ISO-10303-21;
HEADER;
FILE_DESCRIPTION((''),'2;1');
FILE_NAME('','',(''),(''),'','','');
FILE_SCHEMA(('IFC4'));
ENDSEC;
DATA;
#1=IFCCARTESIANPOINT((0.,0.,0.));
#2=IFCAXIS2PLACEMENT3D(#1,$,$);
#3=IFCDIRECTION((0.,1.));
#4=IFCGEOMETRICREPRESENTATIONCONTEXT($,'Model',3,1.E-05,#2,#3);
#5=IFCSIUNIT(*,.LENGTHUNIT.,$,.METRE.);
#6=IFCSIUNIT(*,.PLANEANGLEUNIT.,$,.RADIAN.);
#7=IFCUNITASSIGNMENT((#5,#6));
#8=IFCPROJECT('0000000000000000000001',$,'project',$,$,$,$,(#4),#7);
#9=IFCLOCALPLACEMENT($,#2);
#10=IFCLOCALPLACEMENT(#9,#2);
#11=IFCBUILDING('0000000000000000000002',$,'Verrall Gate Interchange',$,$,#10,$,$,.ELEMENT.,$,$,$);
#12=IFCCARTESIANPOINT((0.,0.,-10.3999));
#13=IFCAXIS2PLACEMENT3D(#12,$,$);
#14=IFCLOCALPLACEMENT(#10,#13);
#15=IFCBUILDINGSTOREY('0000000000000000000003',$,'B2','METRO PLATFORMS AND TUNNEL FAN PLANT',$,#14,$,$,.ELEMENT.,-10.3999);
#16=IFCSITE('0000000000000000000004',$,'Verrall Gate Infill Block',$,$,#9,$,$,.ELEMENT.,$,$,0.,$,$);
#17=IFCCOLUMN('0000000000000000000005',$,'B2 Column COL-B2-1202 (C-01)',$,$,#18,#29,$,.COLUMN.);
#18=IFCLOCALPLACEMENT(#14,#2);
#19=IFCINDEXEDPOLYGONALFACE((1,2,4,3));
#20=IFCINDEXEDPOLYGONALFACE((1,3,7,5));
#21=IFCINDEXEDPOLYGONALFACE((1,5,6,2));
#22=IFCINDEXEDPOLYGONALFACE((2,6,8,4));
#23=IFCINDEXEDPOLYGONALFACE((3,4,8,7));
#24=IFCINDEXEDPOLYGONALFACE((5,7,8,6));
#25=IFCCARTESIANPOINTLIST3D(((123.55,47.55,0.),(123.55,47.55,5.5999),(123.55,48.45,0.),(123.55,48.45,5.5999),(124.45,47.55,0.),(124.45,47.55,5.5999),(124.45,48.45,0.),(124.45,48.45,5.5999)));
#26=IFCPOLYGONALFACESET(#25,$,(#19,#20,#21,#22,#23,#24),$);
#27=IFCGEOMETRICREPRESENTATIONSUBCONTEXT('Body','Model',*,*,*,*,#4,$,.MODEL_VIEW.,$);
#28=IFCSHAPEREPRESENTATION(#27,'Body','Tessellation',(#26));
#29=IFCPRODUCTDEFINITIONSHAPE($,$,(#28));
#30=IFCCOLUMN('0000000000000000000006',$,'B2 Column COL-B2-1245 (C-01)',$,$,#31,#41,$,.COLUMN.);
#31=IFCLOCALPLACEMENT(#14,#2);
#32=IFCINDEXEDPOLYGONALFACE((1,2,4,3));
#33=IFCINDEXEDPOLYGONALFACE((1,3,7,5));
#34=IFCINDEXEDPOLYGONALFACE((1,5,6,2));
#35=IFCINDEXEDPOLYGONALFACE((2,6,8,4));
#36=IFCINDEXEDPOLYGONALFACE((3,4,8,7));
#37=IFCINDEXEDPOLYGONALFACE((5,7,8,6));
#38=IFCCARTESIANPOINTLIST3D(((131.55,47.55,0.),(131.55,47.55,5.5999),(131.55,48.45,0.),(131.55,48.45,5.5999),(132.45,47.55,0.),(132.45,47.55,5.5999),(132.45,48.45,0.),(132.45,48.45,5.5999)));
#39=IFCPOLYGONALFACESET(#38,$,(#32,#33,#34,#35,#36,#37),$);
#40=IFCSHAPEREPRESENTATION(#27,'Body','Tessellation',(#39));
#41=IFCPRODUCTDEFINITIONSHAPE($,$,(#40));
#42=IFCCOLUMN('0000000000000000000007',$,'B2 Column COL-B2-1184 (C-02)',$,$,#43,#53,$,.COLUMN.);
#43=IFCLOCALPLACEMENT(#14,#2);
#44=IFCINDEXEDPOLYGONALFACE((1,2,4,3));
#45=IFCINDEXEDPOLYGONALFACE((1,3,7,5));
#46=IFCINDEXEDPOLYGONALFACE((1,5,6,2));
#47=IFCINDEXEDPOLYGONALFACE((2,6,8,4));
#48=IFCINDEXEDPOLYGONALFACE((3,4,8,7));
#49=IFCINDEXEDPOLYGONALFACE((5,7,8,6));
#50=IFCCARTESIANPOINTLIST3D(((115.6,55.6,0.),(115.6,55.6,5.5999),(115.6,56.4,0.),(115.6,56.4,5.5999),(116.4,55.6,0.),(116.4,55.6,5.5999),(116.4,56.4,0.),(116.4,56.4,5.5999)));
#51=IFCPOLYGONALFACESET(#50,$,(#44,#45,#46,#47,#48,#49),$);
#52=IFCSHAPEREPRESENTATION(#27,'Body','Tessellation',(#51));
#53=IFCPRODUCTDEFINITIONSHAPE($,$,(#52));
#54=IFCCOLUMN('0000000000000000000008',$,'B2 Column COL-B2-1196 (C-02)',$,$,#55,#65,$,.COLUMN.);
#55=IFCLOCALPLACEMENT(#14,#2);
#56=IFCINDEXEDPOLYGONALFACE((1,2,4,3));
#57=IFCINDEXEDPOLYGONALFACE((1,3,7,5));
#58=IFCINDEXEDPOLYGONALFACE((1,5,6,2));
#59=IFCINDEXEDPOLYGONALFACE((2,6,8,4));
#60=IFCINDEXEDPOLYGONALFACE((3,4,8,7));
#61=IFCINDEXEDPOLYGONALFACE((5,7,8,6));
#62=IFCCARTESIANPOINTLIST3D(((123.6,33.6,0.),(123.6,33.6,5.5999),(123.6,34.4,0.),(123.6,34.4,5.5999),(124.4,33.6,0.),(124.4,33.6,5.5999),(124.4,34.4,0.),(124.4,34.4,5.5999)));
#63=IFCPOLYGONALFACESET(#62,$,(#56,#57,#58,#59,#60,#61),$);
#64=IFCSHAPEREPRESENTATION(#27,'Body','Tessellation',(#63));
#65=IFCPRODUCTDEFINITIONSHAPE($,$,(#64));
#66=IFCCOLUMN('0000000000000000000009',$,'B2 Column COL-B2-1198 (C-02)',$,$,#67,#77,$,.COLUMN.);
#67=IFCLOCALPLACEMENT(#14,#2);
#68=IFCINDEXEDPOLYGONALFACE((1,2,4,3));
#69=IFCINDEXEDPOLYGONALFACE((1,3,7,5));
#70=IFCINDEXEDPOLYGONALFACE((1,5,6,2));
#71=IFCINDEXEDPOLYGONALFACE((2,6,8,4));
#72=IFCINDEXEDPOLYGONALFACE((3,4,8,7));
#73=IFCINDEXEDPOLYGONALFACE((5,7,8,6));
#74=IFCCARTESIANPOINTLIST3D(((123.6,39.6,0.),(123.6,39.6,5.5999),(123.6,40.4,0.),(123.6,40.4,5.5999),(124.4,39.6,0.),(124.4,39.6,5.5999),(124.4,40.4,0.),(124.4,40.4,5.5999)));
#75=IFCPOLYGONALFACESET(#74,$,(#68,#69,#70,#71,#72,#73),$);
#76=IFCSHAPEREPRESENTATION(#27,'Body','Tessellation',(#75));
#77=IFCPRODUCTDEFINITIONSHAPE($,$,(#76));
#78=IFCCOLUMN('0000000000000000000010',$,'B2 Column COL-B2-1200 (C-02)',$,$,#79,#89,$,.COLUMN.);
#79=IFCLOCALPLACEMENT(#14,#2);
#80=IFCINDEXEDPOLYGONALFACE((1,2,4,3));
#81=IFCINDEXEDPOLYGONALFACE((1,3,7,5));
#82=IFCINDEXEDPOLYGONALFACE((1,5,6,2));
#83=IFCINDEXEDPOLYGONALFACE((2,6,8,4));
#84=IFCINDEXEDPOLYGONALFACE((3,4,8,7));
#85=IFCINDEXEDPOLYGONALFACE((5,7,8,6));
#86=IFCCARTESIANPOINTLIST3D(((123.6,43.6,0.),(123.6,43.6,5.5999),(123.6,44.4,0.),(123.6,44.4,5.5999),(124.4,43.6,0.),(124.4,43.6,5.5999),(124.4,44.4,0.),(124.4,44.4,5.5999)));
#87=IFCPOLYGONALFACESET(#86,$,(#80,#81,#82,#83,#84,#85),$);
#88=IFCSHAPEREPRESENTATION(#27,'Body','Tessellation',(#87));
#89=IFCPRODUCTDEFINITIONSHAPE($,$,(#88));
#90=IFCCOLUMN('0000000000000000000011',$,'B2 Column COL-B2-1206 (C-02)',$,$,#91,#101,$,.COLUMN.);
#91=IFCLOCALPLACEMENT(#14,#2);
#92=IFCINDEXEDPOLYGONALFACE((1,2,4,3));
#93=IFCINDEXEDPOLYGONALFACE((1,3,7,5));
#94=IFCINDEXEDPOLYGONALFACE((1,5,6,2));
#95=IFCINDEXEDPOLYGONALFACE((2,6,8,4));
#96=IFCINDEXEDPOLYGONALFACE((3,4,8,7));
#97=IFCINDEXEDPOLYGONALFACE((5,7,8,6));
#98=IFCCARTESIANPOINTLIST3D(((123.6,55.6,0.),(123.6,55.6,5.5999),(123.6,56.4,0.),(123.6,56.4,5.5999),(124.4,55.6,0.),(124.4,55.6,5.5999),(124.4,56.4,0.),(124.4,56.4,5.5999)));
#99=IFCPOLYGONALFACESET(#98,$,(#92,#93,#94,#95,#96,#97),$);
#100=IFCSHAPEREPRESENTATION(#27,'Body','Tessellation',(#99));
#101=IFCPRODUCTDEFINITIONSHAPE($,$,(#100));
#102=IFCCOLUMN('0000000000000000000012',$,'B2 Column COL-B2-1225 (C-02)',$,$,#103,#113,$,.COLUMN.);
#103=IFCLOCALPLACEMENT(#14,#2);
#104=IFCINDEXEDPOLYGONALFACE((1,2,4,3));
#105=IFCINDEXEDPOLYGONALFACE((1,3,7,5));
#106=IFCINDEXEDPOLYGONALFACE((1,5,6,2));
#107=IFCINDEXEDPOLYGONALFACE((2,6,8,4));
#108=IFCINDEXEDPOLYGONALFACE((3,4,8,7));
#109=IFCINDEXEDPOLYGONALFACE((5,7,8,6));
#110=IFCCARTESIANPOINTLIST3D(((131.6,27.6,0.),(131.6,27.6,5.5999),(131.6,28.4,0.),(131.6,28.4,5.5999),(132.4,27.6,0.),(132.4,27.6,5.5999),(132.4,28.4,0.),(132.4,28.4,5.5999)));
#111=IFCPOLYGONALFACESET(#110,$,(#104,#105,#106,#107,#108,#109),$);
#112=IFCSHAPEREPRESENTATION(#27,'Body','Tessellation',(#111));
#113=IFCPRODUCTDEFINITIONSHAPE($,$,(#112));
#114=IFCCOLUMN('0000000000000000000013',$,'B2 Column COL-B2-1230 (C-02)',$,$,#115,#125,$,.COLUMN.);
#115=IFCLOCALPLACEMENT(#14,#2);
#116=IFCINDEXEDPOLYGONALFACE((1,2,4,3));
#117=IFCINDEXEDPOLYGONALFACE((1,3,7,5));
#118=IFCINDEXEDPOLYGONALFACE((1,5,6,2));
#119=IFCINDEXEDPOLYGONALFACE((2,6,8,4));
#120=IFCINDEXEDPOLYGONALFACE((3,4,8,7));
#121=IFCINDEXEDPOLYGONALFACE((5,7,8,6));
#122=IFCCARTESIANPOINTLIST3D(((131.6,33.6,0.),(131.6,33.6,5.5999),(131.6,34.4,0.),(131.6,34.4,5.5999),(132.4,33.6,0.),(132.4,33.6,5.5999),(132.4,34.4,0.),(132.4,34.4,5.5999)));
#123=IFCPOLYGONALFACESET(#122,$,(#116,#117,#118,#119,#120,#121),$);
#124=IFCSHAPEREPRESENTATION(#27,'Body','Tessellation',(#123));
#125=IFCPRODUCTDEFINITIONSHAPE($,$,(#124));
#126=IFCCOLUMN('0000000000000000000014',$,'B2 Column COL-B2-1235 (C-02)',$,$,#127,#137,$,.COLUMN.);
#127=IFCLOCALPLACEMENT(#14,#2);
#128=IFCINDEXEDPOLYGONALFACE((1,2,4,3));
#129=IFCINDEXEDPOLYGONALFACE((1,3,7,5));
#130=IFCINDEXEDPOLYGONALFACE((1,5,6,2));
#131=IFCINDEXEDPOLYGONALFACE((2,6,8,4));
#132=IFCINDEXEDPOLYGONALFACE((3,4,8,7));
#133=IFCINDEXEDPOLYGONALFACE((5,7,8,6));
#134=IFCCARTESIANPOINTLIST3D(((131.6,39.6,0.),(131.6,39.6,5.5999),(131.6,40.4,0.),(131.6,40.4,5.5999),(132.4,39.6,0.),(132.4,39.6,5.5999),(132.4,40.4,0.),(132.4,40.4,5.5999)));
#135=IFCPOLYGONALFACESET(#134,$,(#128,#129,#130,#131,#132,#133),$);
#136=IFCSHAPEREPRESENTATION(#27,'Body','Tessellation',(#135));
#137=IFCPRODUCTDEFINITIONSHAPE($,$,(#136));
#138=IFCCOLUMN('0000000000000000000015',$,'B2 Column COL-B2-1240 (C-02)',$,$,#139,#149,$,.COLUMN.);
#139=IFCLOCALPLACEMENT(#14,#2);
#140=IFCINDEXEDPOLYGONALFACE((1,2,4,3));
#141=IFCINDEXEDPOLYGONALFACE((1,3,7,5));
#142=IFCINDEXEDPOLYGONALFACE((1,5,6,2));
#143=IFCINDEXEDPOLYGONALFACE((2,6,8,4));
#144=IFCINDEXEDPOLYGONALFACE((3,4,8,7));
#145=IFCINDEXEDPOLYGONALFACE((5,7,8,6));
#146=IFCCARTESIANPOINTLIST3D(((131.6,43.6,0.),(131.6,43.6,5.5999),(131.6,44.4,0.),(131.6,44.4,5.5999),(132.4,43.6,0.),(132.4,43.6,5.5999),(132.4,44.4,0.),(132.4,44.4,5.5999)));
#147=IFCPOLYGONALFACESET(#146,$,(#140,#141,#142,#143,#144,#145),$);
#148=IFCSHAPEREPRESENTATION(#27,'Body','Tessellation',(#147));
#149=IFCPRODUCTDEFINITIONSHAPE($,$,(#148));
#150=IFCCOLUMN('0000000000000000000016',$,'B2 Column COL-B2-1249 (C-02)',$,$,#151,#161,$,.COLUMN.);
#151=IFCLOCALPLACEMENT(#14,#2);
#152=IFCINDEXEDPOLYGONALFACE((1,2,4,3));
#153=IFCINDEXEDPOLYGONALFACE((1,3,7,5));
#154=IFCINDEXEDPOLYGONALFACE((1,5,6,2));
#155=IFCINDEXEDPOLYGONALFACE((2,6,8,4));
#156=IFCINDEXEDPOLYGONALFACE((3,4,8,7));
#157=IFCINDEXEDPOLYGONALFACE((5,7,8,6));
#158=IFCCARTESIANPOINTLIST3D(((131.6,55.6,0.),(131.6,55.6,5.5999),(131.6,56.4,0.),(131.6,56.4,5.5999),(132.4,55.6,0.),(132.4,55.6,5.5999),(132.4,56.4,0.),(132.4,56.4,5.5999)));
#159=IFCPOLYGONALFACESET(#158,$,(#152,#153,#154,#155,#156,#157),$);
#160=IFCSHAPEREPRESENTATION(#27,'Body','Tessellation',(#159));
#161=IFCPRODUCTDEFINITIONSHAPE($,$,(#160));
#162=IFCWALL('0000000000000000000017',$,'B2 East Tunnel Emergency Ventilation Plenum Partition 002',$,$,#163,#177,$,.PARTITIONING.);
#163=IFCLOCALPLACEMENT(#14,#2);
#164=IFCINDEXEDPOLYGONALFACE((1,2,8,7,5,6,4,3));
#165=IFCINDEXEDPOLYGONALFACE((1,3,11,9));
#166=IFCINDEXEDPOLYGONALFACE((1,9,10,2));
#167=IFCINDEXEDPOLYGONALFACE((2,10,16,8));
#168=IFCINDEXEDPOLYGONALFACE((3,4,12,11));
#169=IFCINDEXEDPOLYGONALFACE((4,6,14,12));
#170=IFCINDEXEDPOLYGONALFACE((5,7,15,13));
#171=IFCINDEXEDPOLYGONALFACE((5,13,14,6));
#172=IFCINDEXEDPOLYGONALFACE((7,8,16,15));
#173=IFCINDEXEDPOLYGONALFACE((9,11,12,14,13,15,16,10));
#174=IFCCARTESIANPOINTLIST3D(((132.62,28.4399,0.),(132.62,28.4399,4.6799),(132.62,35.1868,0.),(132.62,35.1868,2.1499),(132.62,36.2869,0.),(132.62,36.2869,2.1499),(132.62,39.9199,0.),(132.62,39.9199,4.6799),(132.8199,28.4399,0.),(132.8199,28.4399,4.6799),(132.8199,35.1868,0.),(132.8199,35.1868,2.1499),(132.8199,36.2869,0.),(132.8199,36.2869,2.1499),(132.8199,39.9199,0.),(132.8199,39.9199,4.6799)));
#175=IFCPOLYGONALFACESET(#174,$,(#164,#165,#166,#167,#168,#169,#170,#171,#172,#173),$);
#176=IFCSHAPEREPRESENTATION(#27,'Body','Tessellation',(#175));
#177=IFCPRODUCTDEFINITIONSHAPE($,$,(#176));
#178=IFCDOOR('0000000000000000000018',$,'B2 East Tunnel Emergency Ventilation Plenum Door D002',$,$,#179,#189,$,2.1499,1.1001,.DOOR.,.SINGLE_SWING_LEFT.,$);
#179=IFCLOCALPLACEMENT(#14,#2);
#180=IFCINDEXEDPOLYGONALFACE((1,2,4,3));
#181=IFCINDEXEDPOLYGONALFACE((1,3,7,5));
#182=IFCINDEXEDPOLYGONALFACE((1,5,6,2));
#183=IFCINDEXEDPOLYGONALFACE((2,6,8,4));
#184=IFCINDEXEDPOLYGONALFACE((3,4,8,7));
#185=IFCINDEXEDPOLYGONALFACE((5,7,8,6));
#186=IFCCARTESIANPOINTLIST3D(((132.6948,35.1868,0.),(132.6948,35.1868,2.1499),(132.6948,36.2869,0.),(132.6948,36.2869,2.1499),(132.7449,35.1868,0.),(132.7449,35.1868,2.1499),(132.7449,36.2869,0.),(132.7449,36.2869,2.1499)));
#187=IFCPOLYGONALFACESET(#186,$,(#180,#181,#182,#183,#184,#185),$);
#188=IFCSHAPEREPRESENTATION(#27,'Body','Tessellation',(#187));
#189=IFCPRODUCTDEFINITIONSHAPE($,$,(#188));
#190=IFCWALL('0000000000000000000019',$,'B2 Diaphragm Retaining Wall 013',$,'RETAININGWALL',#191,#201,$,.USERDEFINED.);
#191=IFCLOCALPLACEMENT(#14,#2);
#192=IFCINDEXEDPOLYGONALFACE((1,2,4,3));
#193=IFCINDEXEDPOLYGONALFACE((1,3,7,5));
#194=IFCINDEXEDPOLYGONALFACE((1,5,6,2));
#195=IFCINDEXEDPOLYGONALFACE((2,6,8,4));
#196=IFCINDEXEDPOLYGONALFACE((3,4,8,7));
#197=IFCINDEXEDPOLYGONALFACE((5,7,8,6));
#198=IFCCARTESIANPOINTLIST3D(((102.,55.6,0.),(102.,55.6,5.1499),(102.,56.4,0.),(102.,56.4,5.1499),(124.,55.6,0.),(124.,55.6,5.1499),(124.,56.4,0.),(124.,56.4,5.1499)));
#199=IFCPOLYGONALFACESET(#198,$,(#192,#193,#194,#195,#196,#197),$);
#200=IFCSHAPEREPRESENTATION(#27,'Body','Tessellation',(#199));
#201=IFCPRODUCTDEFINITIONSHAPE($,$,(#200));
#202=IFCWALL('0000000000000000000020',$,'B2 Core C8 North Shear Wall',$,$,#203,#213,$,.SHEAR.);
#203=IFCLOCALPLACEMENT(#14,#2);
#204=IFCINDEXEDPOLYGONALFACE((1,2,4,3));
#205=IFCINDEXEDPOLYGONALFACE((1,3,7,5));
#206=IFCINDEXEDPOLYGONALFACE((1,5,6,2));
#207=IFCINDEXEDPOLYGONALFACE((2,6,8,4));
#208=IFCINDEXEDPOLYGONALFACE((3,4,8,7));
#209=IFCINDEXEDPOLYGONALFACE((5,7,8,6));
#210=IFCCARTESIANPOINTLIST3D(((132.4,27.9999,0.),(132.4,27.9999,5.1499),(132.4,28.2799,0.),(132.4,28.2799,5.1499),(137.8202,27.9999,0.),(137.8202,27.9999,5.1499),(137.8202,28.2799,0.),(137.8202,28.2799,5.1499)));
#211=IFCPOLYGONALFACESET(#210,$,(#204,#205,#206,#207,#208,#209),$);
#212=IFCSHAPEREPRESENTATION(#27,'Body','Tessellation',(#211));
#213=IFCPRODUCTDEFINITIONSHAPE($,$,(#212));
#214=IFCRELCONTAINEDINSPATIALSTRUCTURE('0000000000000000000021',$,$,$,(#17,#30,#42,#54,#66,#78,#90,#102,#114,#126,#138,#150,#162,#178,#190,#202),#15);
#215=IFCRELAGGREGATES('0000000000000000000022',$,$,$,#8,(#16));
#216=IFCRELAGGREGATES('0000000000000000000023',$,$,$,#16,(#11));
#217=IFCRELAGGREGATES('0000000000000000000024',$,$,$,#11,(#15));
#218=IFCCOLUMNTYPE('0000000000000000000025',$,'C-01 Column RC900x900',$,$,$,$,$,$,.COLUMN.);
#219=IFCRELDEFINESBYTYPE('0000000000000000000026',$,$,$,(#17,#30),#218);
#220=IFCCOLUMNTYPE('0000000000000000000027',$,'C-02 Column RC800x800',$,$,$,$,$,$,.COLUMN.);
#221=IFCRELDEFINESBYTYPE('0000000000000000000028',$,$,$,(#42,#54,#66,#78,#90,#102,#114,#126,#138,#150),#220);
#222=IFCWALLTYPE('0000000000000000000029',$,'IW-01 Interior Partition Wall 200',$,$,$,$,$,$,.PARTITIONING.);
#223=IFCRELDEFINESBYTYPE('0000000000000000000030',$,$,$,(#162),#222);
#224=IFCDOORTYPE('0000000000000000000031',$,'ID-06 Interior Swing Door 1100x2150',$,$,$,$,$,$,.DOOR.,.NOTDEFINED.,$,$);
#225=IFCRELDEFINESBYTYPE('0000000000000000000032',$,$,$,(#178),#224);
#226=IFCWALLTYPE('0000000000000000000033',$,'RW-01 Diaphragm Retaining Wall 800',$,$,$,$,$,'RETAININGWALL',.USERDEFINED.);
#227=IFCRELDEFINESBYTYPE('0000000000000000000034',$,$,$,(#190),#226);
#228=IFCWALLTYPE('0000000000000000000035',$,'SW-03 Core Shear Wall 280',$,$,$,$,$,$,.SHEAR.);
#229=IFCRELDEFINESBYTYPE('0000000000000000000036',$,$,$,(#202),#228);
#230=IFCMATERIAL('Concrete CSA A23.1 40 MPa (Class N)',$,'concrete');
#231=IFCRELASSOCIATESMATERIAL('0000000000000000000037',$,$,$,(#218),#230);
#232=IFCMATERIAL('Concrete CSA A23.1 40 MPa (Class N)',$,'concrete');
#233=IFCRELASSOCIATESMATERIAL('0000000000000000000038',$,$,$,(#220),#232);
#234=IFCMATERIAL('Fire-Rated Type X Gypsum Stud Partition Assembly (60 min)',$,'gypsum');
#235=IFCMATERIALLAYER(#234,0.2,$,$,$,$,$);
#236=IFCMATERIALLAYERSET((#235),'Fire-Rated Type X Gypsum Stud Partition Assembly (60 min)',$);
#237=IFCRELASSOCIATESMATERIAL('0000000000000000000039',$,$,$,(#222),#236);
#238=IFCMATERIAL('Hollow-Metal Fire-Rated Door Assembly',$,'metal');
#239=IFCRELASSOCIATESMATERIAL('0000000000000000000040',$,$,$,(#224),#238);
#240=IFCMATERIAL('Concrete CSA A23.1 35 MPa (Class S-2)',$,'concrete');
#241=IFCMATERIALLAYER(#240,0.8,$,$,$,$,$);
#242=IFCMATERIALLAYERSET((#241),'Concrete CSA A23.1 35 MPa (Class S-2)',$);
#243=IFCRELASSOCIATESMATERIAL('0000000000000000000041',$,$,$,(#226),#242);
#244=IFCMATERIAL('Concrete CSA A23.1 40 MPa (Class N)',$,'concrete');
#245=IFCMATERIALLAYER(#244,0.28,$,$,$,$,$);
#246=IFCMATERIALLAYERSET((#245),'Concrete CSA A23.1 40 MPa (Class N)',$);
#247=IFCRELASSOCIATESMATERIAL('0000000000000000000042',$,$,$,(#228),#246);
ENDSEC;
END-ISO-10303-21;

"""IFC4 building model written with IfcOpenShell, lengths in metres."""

from ifc_helpers import new_model, si_unit, direction, frame, frame_2d, origin, origin_2d, place, context, subcontext, project, spatial, rectangle, extrude, material, layer, layer_set, material_profile, profile_set, type_object, element, fill, save


model = new_model("IFC4")

# Units and contexts
model_context = context("Model", 3, precision=1e-05, world=origin(), true_north=direction((0.0, 1.0)))
body_context = subcontext(model_context, "Body", "Model", "MODEL_VIEW")
ifc_project = project(units=[si_unit("LENGTHUNIT", "METRE"), si_unit("PLANEANGLEUNIT", "RADIAN")], contexts=[model_context])

# Site, building, storey
site_placement = place(None, origin())
site = spatial("IfcSite", under=ifc_project, at=site_placement, Name="Verrall Gate Infill Block", CompositionType="ELEMENT", RefElevation=0.0)
building_placement = place(site_placement, origin())
building = spatial("IfcBuilding", under=site, at=building_placement, Name="Verrall Gate Interchange", CompositionType="ELEMENT")
storey_placement = place(building_placement, frame((0.0, 0.0, -10.3999)))
storey = spatial("IfcBuildingStorey", under=building, at=storey_placement, Name="B2", Description="METRO PLATFORMS AND TUNNEL FAN PLANT", CompositionType="ELEMENT", Elevation=-10.3999)

# Columns
ifc_material_1 = material(Name="Concrete CSA A23.1 40 MPa (Class N)", Category="concrete")
ifc_material_profile_1 = material_profile(ifc_material_1, rectangle(XDim=0.8999, YDim=0.8999, at=origin_2d()), Name="RC900x900")
ifc_profile_set_1 = profile_set([ifc_material_profile_1], Name="Concrete CSA A23.1 40 MPa (Class N)")
column_type_1 = type_object("IfcColumnType", Name="C-01 Column RC900x900", PredefinedType="COLUMN", material=ifc_profile_set_1)
for number, where, z_axis, x_axis, name in (
    (1, (124.0, 48.0, 0.0), (0.0, 0.0, 1.0), (1.0, 0.0, 0.0), "B2 Column COL-B2-1202 (C-01)"),
    (2, (132.0, 48.0, 0.0), (0.0, 0.0, 1.0), (1.0, 0.0, 0.0), "B2 Column COL-B2-1245 (C-01)"),
):
    element("IfcColumn", number, at=place(storey_placement, frame(where, z_axis=z_axis, x_axis=x_axis)), inside=storey, type_object=column_type_1, Name=name, PredefinedType="COLUMN", context=body_context, shape_type="SweptSolid", body=[
        extrude(rectangle(XDim=0.8999, YDim=0.8999, at=origin_2d()), origin(), (0.0, 0.0, 1.0), 5.5999),
    ])
ifc_material_2 = material(Name="Concrete CSA A23.1 40 MPa (Class N)", Category="concrete")
ifc_material_profile_2 = material_profile(ifc_material_2, rectangle(XDim=0.8, YDim=0.8, at=origin_2d()), Name="RC800x800")
ifc_profile_set_2 = profile_set([ifc_material_profile_2], Name="Concrete CSA A23.1 40 MPa (Class N)")
column_type_2 = type_object("IfcColumnType", Name="C-02 Column RC800x800", PredefinedType="COLUMN", material=ifc_profile_set_2)
for number, where, z_axis, x_axis, name in (
    (3, (116.0, 56.0, 0.0), (0.0, 0.0, 1.0), (1.0, 0.0, 0.0), "B2 Column COL-B2-1184 (C-02)"),
    (4, (124.0, 34.0, 0.0), (0.0, 0.0, 1.0), (1.0, 0.0, 0.0), "B2 Column COL-B2-1196 (C-02)"),
    (5, (124.0, 40.0, 0.0), (0.0, 0.0, 1.0), (1.0, 0.0, 0.0), "B2 Column COL-B2-1198 (C-02)"),
    (6, (124.0, 44.0, 0.0), (0.0, 0.0, 1.0), (1.0, 0.0, 0.0), "B2 Column COL-B2-1200 (C-02)"),
    (7, (124.0, 56.0, 0.0), (0.0, 0.0, 1.0), (1.0, 0.0, 0.0), "B2 Column COL-B2-1206 (C-02)"),
    (8, (132.0, 28.0, 0.0), (0.0, 0.0, 1.0), (1.0, 0.0, 0.0), "B2 Column COL-B2-1225 (C-02)"),
    (9, (132.0, 34.0, 0.0), (0.0, 0.0, 1.0), (1.0, 0.0, 0.0), "B2 Column COL-B2-1230 (C-02)"),
    (10, (132.0, 40.0, 0.0), (0.0, 0.0, 1.0), (1.0, 0.0, 0.0), "B2 Column COL-B2-1235 (C-02)"),
    (11, (132.0, 44.0, 0.0), (0.0, 0.0, 1.0), (1.0, 0.0, 0.0), "B2 Column COL-B2-1240 (C-02)"),
    (12, (132.0, 56.0, 0.0), (0.0, 0.0, 1.0), (1.0, 0.0, 0.0), "B2 Column COL-B2-1249 (C-02)"),
):
    element("IfcColumn", number, at=place(storey_placement, frame(where, z_axis=z_axis, x_axis=x_axis)), inside=storey, type_object=column_type_2, Name=name, PredefinedType="COLUMN", context=body_context, shape_type="SweptSolid", body=[
        extrude(rectangle(XDim=0.8, YDim=0.8, at=origin_2d()), origin(), (0.0, 0.0, 1.0), 5.5999),
    ])

# Wall, opening, door
ifc_material_3 = material(Name="Fire-Rated Type X Gypsum Stud Partition Assembly (60 min)", Category="gypsum")
ifc_layer_1 = layer(ifc_material_3, 0.2)
ifc_layer_set_1 = layer_set([ifc_layer_1], Name="Fire-Rated Type X Gypsum Stud Partition Assembly (60 min)")
wall_type_1 = type_object("IfcWallType", Name="IW-01 Interior Partition Wall 200", PredefinedType="PARTITIONING", material=ifc_layer_set_1)
wall_1_placement = place(storey_placement, frame((132.72, 39.9199, 0.0), z_axis=(0.0, 0.0, 1.0), x_axis=(0.0, -1.0, 0.0)))
wall_1 = element("IfcWall", 13, at=wall_1_placement, inside=storey, type_object=wall_type_1, Name="B2 East Tunnel Emergency Ventilation Plenum Partition 002", PredefinedType="PARTITIONING", context=body_context, shape_type="SweptSolid", body=[
    extrude(rectangle(XDim=11.48, YDim=0.2, at=frame_2d((5.74, 0.0))), origin(), (0.0, 0.0, 1.0), 4.6799),
])
opening_placement = place(wall_1_placement, frame((3.6331, 0.0, 0.0)))
opening = element("IfcOpeningElement", 14, at=opening_placement, cuts=wall_1, PredefinedType="OPENING", context=body_context, shape_type="SweptSolid", body=[
    extrude(rectangle(XDim=1.1001, YDim=2.1499, at=frame_2d((0.55, 1.075))), frame((0.0, 0.1147, 0.0), z_axis=(0.0, -1.0, 0.0), x_axis=(1.0, 0.0, 0.0)), (0.0, 0.0, 1.0), 0.2297),
])
ifc_material_4 = material(Name="Hollow-Metal Fire-Rated Door Assembly", Category="metal")
door_type = type_object("IfcDoorType", Name="ID-06 Interior Swing Door 1100x2150", OperationType="NOTDEFINED", PredefinedType="DOOR", material=ifc_material_4)
door_placement = place(opening_placement, origin())
door = element("IfcDoor", 15, at=door_placement, inside=storey, type_object=door_type, Name="B2 East Tunnel Emergency Ventilation Plenum Door D002", OperationType="SINGLE_SWING_LEFT", OverallHeight=2.1499, OverallWidth=1.1001, PredefinedType="DOOR", context=body_context, shape_type="SweptSolid", body=[
    extrude(rectangle(XDim=1.1001, YDim=2.1499, at=frame_2d((0.55, 1.075))), frame((0.0, 0.0249, 0.0), z_axis=(0.0, -1.0, 0.0), x_axis=(1.0, 0.0, 0.0)), (0.0, 0.0, 1.0), 0.05),
])
fill(opening, door)

# Walls
ifc_material_5 = material(Name="Concrete CSA A23.1 35 MPa (Class S-2)", Category="concrete")
ifc_layer_2 = layer(ifc_material_5, 0.8)
ifc_layer_set_2 = layer_set([ifc_layer_2], Name="Concrete CSA A23.1 35 MPa (Class S-2)")
wall_type_2 = type_object("IfcWallType", Name="RW-01 Diaphragm Retaining Wall 800", ElementType="RETAININGWALL", PredefinedType="USERDEFINED", material=ifc_layer_set_2)
wall_2_placement = place(storey_placement, frame((124.0, 56.0, 0.0), z_axis=(0.0, 0.0, 1.0), x_axis=(-1.0, 0.0, 0.0)))
element("IfcWall", 16, at=wall_2_placement, inside=storey, type_object=wall_type_2, Name="B2 Diaphragm Retaining Wall 013", ObjectType="RETAININGWALL", PredefinedType="USERDEFINED", context=body_context, shape_type="SweptSolid", body=[
    extrude(rectangle(XDim=22.0, YDim=0.8, at=frame_2d((11.0, 0.0))), origin(), (0.0, 0.0, 1.0), 5.1499),
])
ifc_material_6 = material(Name="Concrete CSA A23.1 40 MPa (Class N)", Category="concrete")
ifc_layer_3 = layer(ifc_material_6, 0.28)
ifc_layer_set_3 = layer_set([ifc_layer_3], Name="Concrete CSA A23.1 40 MPa (Class N)")
wall_type_3 = type_object("IfcWallType", Name="SW-03 Core Shear Wall 280", PredefinedType="SHEAR", material=ifc_layer_set_3)
wall_3_placement = place(storey_placement, frame((137.8201, 28.1399, 0.0), z_axis=(0.0, 0.0, 1.0), x_axis=(-1.0, 0.0, 0.0)))
element("IfcWall", 17, at=wall_3_placement, inside=storey, type_object=wall_type_3, Name="B2 Core C8 North Shear Wall", PredefinedType="SHEAR", context=body_context, shape_type="SweptSolid", body=[
    extrude(rectangle(XDim=5.4202, YDim=0.28, at=frame_2d((2.71, 0.0))), origin(), (0.0, 0.0, 1.0), 5.1499),
])

save(model, "model.ifc")
